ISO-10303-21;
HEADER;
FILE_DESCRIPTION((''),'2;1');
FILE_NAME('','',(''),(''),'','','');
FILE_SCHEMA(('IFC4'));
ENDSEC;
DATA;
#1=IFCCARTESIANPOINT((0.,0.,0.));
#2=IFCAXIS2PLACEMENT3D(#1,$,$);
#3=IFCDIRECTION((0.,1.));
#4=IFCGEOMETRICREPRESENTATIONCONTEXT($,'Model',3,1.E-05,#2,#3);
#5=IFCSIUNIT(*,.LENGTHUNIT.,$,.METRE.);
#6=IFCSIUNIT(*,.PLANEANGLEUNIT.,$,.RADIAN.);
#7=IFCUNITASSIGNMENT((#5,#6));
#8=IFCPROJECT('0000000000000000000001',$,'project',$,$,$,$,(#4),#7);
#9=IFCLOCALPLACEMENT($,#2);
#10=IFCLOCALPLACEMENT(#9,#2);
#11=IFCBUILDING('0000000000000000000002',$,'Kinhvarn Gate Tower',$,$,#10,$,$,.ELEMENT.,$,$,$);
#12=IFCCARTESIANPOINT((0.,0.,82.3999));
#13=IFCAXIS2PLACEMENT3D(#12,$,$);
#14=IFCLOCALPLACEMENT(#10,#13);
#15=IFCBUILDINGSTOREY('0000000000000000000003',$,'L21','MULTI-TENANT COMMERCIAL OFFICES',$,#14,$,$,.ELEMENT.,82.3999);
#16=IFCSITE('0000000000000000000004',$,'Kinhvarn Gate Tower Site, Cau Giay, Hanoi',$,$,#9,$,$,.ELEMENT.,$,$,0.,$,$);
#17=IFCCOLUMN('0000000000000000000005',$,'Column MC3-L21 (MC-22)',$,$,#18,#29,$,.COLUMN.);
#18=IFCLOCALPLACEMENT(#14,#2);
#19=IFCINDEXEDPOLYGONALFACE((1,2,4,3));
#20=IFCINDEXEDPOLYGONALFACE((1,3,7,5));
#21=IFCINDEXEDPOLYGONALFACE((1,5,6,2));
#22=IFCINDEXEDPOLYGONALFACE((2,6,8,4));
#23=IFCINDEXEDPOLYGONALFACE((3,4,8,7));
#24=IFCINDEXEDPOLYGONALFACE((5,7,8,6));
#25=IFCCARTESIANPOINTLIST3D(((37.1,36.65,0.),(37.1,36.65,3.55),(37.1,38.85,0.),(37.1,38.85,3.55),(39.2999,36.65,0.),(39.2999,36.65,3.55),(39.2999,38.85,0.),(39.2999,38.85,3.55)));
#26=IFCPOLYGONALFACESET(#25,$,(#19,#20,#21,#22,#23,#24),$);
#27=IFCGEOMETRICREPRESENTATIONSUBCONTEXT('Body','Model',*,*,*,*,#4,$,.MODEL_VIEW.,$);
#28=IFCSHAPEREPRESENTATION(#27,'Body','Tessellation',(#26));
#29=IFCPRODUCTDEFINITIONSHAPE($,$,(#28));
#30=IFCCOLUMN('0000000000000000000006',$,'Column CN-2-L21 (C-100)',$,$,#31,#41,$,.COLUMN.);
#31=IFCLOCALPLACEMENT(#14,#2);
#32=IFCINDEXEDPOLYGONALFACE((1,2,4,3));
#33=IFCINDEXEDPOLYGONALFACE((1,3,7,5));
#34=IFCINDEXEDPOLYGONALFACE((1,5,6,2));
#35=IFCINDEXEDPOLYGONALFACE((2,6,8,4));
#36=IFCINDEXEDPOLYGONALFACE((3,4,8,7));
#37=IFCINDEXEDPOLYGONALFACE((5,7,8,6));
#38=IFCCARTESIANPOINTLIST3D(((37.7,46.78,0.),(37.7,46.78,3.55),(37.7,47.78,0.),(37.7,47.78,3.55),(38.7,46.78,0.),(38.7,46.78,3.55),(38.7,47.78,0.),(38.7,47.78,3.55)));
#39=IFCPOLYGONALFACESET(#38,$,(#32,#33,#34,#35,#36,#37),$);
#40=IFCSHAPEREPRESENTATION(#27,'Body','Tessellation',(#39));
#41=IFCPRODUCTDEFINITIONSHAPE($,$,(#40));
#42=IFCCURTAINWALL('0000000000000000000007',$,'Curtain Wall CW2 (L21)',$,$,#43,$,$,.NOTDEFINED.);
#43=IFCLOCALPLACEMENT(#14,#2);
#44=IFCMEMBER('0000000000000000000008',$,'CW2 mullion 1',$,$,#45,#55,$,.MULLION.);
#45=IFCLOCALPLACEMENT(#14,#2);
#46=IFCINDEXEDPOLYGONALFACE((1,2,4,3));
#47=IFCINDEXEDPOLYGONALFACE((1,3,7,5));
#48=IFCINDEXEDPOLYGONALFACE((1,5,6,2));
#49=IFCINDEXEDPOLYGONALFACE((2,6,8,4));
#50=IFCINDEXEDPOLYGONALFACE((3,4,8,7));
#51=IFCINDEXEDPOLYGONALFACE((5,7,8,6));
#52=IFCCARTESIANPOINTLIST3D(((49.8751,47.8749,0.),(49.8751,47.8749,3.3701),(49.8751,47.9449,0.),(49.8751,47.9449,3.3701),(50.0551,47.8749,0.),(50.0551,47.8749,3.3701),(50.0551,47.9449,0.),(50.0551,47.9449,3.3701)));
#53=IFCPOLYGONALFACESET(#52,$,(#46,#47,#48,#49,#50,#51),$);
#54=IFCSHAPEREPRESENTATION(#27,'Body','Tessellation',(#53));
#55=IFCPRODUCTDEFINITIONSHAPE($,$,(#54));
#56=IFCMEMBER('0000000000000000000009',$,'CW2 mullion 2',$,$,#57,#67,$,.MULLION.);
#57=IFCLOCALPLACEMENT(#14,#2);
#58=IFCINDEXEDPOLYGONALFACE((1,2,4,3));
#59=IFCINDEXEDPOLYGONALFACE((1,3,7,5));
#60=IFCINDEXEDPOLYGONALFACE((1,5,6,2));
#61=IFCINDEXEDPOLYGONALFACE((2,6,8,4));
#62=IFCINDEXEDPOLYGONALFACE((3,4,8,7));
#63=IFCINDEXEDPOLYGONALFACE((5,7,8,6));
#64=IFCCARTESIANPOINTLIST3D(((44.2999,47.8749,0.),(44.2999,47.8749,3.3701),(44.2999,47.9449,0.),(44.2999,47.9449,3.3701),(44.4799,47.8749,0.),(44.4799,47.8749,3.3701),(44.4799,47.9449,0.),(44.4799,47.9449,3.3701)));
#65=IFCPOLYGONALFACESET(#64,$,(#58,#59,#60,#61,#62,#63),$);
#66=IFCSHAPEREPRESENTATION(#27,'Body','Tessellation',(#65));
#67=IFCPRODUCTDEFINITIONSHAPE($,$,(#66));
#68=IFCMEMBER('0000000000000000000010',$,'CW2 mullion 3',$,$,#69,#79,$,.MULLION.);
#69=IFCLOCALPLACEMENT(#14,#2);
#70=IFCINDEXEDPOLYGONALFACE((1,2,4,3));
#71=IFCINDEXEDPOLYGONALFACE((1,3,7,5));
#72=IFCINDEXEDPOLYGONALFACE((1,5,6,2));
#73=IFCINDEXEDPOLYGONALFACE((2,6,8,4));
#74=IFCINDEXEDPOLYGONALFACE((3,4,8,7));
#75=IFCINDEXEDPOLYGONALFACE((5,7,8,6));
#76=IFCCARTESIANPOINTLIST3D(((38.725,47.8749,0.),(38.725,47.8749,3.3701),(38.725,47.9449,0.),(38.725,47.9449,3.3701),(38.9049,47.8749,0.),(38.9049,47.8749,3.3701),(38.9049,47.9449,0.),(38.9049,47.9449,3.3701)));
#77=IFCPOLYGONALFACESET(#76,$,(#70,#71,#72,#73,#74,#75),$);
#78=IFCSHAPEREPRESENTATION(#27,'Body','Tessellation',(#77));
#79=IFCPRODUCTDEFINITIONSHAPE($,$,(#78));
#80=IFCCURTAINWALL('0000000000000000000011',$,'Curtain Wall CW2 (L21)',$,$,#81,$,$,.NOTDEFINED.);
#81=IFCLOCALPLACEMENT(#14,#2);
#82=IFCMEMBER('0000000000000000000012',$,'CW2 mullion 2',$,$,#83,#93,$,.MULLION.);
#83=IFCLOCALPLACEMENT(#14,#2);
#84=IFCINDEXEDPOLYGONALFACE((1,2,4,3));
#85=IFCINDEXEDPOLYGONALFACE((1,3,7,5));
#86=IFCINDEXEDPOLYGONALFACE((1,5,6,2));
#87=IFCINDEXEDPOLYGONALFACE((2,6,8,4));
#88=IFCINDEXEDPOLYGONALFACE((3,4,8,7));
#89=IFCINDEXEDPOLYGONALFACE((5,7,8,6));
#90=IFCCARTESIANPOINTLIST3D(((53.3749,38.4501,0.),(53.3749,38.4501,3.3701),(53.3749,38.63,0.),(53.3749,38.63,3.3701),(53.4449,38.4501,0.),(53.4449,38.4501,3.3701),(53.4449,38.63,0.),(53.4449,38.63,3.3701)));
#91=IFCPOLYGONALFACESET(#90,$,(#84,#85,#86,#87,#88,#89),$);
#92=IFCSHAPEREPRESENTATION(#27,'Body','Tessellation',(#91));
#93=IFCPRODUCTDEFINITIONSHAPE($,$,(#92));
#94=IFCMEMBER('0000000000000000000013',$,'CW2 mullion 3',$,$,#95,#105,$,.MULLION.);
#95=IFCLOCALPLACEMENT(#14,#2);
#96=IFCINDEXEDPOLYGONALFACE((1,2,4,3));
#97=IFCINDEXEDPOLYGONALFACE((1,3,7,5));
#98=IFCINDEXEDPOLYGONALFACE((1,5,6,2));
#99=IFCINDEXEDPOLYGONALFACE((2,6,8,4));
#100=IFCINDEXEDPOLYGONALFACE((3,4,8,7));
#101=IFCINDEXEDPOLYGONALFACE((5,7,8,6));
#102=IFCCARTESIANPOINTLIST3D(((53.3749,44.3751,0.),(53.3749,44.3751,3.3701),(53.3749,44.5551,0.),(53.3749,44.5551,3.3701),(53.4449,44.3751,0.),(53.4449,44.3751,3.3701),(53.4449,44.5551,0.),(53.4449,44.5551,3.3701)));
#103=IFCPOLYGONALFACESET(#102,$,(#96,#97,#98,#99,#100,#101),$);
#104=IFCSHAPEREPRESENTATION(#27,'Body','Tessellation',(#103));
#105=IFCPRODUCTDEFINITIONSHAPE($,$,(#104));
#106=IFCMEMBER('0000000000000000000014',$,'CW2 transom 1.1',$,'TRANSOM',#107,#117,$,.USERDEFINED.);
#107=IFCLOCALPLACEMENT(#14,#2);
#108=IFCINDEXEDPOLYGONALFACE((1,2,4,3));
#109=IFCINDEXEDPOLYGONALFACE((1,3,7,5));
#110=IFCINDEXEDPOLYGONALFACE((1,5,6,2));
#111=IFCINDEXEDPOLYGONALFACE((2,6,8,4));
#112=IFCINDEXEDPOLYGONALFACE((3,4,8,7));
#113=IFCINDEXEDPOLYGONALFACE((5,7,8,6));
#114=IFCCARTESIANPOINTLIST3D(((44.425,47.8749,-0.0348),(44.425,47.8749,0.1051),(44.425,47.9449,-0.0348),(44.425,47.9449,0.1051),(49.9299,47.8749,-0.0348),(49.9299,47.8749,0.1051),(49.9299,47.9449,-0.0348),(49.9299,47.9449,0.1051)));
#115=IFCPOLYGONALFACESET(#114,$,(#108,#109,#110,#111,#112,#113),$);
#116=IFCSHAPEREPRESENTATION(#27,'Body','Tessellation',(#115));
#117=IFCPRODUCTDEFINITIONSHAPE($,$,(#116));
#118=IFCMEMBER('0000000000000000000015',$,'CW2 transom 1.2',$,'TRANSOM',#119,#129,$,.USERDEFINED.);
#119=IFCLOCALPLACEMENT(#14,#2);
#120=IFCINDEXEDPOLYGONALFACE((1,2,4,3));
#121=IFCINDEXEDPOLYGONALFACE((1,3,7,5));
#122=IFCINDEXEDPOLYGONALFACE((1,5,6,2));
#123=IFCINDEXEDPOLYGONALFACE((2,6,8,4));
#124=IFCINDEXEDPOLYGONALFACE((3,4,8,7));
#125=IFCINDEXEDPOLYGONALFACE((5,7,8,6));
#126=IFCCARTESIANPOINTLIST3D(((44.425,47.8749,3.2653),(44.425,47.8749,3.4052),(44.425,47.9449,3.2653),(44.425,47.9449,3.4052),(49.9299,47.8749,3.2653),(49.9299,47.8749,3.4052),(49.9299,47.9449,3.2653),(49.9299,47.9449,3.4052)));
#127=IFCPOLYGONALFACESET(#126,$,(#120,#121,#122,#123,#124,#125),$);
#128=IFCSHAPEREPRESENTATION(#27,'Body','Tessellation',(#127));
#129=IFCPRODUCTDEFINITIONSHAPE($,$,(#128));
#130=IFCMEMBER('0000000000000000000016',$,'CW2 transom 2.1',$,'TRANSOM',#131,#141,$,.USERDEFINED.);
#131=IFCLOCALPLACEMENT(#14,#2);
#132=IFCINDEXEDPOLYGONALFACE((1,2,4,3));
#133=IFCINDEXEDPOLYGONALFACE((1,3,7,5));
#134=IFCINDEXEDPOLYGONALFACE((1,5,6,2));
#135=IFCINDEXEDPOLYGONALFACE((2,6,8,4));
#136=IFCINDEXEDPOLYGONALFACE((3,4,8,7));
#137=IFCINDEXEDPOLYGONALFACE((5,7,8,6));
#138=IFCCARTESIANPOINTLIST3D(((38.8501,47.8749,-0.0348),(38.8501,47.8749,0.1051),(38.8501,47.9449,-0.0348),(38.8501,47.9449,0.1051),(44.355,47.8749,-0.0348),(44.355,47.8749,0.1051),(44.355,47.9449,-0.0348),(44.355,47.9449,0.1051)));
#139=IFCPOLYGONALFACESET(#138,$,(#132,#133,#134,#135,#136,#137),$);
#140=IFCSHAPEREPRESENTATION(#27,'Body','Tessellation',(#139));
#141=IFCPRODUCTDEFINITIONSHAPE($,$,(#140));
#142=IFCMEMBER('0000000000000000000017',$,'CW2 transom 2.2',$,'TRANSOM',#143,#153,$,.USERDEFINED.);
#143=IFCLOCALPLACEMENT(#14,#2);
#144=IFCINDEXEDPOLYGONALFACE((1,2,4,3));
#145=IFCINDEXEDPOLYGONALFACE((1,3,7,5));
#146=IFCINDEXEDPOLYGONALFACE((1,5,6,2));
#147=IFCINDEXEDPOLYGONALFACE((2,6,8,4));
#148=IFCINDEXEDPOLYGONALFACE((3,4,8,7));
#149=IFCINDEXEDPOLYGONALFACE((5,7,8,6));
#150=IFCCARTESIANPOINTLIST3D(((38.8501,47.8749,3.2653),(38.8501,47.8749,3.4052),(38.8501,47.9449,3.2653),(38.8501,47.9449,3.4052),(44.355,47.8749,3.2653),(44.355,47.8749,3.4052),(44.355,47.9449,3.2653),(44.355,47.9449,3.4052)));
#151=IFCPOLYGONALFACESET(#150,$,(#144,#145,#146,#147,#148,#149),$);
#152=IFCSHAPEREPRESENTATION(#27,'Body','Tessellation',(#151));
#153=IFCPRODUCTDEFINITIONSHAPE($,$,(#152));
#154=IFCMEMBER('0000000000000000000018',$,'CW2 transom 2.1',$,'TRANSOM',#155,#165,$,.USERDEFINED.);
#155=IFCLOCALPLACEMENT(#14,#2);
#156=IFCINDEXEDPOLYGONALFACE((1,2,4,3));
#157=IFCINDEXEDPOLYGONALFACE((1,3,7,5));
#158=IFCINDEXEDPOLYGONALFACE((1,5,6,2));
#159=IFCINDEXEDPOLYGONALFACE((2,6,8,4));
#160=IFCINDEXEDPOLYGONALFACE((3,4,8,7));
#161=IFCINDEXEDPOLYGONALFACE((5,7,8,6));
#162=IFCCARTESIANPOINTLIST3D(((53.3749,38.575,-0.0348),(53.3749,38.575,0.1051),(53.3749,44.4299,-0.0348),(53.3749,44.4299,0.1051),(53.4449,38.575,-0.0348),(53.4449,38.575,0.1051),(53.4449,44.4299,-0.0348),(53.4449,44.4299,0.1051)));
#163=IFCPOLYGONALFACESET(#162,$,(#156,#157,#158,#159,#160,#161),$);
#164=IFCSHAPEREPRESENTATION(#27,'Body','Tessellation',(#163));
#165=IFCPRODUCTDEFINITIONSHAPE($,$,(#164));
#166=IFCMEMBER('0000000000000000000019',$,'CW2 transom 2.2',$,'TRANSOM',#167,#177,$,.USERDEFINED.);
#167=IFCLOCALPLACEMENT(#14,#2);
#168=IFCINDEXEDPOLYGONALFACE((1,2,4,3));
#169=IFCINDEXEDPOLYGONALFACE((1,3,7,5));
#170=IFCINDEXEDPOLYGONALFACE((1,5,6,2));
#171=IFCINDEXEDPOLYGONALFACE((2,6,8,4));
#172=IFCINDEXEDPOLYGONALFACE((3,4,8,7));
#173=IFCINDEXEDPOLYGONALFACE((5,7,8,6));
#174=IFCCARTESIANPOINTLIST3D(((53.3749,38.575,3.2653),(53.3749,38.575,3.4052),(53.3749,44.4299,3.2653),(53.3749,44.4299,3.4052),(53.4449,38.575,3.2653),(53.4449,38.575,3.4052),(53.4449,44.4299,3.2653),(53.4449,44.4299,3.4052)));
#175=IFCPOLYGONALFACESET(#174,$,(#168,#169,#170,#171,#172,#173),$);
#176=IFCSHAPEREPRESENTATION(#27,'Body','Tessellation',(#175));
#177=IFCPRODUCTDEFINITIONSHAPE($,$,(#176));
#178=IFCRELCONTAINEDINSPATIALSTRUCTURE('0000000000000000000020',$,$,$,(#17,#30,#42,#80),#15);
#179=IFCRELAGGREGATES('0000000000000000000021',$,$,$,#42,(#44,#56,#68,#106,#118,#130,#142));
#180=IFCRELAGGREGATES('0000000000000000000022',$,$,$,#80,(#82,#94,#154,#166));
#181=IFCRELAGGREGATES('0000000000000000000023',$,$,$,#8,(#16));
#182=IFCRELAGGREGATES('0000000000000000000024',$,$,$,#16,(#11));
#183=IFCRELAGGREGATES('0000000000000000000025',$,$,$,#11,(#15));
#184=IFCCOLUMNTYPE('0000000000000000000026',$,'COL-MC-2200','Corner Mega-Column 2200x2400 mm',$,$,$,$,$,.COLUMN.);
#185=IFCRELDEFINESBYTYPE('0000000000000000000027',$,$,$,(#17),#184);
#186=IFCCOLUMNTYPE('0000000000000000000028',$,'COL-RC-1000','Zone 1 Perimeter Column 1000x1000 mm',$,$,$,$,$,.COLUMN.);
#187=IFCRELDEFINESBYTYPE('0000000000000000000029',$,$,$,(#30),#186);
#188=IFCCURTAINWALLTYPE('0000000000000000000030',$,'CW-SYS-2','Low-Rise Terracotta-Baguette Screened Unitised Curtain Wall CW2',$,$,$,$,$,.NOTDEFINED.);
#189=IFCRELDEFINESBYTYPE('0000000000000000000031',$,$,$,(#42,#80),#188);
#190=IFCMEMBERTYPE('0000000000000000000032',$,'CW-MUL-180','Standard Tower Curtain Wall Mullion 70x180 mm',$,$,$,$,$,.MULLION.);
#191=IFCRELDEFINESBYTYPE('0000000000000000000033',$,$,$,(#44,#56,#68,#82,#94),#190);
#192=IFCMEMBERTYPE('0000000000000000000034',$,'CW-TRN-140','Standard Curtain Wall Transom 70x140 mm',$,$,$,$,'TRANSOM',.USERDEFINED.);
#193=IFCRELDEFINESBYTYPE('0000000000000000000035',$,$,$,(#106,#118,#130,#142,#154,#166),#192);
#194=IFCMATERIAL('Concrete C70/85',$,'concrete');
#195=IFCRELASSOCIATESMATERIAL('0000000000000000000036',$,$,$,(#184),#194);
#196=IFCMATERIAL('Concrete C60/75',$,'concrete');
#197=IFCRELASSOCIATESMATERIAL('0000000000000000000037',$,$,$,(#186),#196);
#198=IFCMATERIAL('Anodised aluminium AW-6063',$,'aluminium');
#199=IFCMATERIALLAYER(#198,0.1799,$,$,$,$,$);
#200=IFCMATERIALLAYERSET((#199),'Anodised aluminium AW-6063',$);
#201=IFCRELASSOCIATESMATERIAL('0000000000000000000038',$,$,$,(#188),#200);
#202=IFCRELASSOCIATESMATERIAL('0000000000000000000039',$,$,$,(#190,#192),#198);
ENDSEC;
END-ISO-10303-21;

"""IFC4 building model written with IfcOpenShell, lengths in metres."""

from ifc_helpers import new_model, si_unit, direction, frame, origin, origin_2d, place, context, subcontext, project, spatial, rectangle, extrude, material, layer, layer_set, material_profile, profile_set, type_object, element, aggregate, save


model = new_model("IFC4")

# Units and contexts
model_context = context("Model", 3, precision=1e-05, world=origin(), true_north=direction((0.0, 1.0)))
body_context = subcontext(model_context, "Body", "Model", "MODEL_VIEW")
ifc_project = project(units=[si_unit("LENGTHUNIT", "METRE"), si_unit("PLANEANGLEUNIT", "RADIAN")], contexts=[model_context])

# Site, building, storey
site_placement = place(None, origin())
site = spatial("IfcSite", under=ifc_project, at=site_placement, Name="Kinhvarn Gate Tower Site, Cau Giay, Hanoi", CompositionType="ELEMENT", RefElevation=0.0)
building_placement = place(site_placement, origin())
building = spatial("IfcBuilding", under=site, at=building_placement, Name="Kinhvarn Gate Tower", CompositionType="ELEMENT")
storey_placement = place(building_placement, frame((0.0, 0.0, 82.3999)))
storey = spatial("IfcBuildingStorey", under=building, at=storey_placement, Name="L21", Description="MULTI-TENANT COMMERCIAL OFFICES", CompositionType="ELEMENT", Elevation=82.3999)

# Columns
ifc_material_1 = material(Name="Concrete C70/85", Category="concrete")
ifc_material_profile_1 = material_profile(ifc_material_1, rectangle(XDim=2.2, YDim=2.2, at=origin_2d()), Name="RC 2200x2200")
ifc_profile_set_1 = profile_set([ifc_material_profile_1], Name="Concrete C70/85")
column_type_1 = type_object("IfcColumnType", Name="COL-MC-2200", Description="Corner Mega-Column 2200x2400 mm", PredefinedType="COLUMN", material=ifc_profile_set_1)
column_1_placement = place(storey_placement, frame((38.2, 37.75, 0.0), z_axis=(0.0, 0.0, 1.0), x_axis=(1.0, 0.0, 0.0)))
element("IfcColumn", 1, at=column_1_placement, inside=storey, type_object=column_type_1, Name="Column MC3-L21 (MC-22)", PredefinedType="COLUMN", context=body_context, shape_type="SweptSolid", body=[
    extrude(rectangle(XDim=2.2, YDim=2.2, at=origin_2d()), origin(), (0.0, 0.0, 1.0), 3.55),
])
ifc_material_2 = material(Name="Concrete C60/75", Category="concrete")
ifc_material_profile_2 = material_profile(ifc_material_2, rectangle(XDim=1.0, YDim=1.0, at=origin_2d()), Name="RC 1000x1000")
ifc_profile_set_2 = profile_set([ifc_material_profile_2], Name="Concrete C60/75")
column_type_2 = type_object("IfcColumnType", Name="COL-RC-1000", Description="Zone 1 Perimeter Column 1000x1000 mm", PredefinedType="COLUMN", material=ifc_profile_set_2)
column_2_placement = place(storey_placement, frame((38.2, 47.28, 0.0), z_axis=(0.0, 0.0, 1.0), x_axis=(1.0, 0.0, 0.0)))
element("IfcColumn", 2, at=column_2_placement, inside=storey, type_object=column_type_2, Name="Column CN-2-L21 (C-100)", PredefinedType="COLUMN", context=body_context, shape_type="SweptSolid", body=[
    extrude(rectangle(XDim=1.0, YDim=1.0, at=origin_2d()), origin(), (0.0, 0.0, 1.0), 3.55),
])

# Curtain walls, members
ifc_material_3 = material(Name="Anodised aluminium AW-6063", Category="aluminium")
ifc_layer_1 = layer(ifc_material_3, 0.1799)
ifc_layer_set_1 = layer_set([ifc_layer_1], Name="Anodised aluminium AW-6063")
curtain_wall_type = type_object("IfcCurtainWallType", Name="CW-SYS-2", Description="Low-Rise Terracotta-Baguette Screened Unitised Curtain Wall CW2", PredefinedType="NOTDEFINED", material=ifc_layer_set_1)
curtain_wall_1_placement = place(storey_placement, origin())
curtain_wall_1 = element("IfcCurtainWall", 3, at=curtain_wall_1_placement, inside=storey, type_object=curtain_wall_type, Name="Curtain Wall CW2 (L21)", PredefinedType="NOTDEFINED")
ifc_material_profile_3 = material_profile(ifc_material_3, rectangle(XDim=0.0701, YDim=0.1799, at=origin_2d()), Name="ALU 70x180")
ifc_profile_set_3 = profile_set([ifc_material_profile_3], Name="Anodised aluminium AW-6063")
member_type_1 = type_object("IfcMemberType", Name="CW-MUL-180", Description="Standard Tower Curtain Wall Mullion 70x180 mm", PredefinedType="MULLION", material=ifc_profile_set_3)
member_1_placement = place(storey_placement, frame((49.9651, 47.9099, 0.0), z_axis=(0.0, 0.0, 1.0), x_axis=(0.0, -1.0, 0.0)))
member_1 = element("IfcMember", 4, at=member_1_placement, type_object=member_type_1, Name="CW2 mullion 1", PredefinedType="MULLION", context=body_context, shape_type="SweptSolid", body=[
    extrude(rectangle(XDim=0.0701, YDim=0.1799, at=origin_2d()), origin(), (0.0, 0.0, 1.0), 3.3701),
])
member_2_placement = place(storey_placement, frame((44.3899, 47.9099, 0.0), z_axis=(0.0, 0.0, 1.0), x_axis=(0.0, -1.0, 0.0)))
member_2 = element("IfcMember", 5, at=member_2_placement, type_object=member_type_1, Name="CW2 mullion 2", PredefinedType="MULLION", context=body_context, shape_type="SweptSolid", body=[
    extrude(rectangle(XDim=0.0701, YDim=0.1799, at=origin_2d()), origin(), (0.0, 0.0, 1.0), 3.3701),
])
member_3_placement = place(storey_placement, frame((38.8149, 47.9099, 0.0), z_axis=(0.0, 0.0, 1.0), x_axis=(0.0, -1.0, 0.0)))
member_3 = element("IfcMember", 6, at=member_3_placement, type_object=member_type_1, Name="CW2 mullion 3", PredefinedType="MULLION", context=body_context, shape_type="SweptSolid", body=[
    extrude(rectangle(XDim=0.0701, YDim=0.1799, at=origin_2d()), origin(), (0.0, 0.0, 1.0), 3.3701),
])
curtain_wall_2_placement = place(storey_placement, origin())
curtain_wall_2 = element("IfcCurtainWall", 7, at=curtain_wall_2_placement, inside=storey, type_object=curtain_wall_type, Name="Curtain Wall CW2 (L21)", PredefinedType="NOTDEFINED")
member_4_placement = place(storey_placement, frame((53.4099, 38.54, 0.0), z_axis=(0.0, 0.0, 1.0), x_axis=(-1.0, 0.0, 0.0)))
member_4 = element("IfcMember", 8, at=member_4_placement, type_object=member_type_1, Name="CW2 mullion 2", PredefinedType="MULLION", context=body_context, shape_type="SweptSolid", body=[
    extrude(rectangle(XDim=0.0701, YDim=0.1799, at=origin_2d()), origin(), (0.0, 0.0, 1.0), 3.3701),
])
member_5_placement = place(storey_placement, frame((53.4099, 44.4651, 0.0), z_axis=(0.0, 0.0, 1.0), x_axis=(-1.0, 0.0, 0.0)))
member_5 = element("IfcMember", 9, at=member_5_placement, type_object=member_type_1, Name="CW2 mullion 3", PredefinedType="MULLION", context=body_context, shape_type="SweptSolid", body=[
    extrude(rectangle(XDim=0.0701, YDim=0.1799, at=origin_2d()), origin(), (0.0, 0.0, 1.0), 3.3701),
])

# Members
ifc_material_profile_4 = material_profile(ifc_material_3, rectangle(XDim=0.0701, YDim=0.1399, at=origin_2d()), Name="ALU 70x140")
ifc_profile_set_4 = profile_set([ifc_material_profile_4], Name="Anodised aluminium AW-6063")
member_type_2 = type_object("IfcMemberType", Name="CW-TRN-140", Description="Standard Curtain Wall Transom 70x140 mm", ElementType="TRANSOM", PredefinedType="USERDEFINED", material=ifc_profile_set_4)
member_6_placement = place(storey_placement, frame((49.9299, 47.9099, 0.0352), z_axis=(-1.0, 0.0, 0.0), x_axis=(0.0, -1.0, 0.0)))
member_6 = element("IfcMember", 10, at=member_6_placement, type_object=member_type_2, Name="CW2 transom 1.1", ObjectType="TRANSOM", PredefinedType="USERDEFINED", context=body_context, shape_type="SweptSolid", body=[
    extrude(rectangle(XDim=0.0701, YDim=0.1399, at=origin_2d()), origin(), (0.0, 0.0, 1.0), 5.5049),
])
member_7_placement = place(storey_placement, frame((49.9299, 47.9099, 3.3352), z_axis=(-1.0, 0.0, 0.0), x_axis=(0.0, -1.0, 0.0)))
member_7 = element("IfcMember", 11, at=member_7_placement, type_object=member_type_2, Name="CW2 transom 1.2", ObjectType="TRANSOM", PredefinedType="USERDEFINED", context=body_context, shape_type="SweptSolid", body=[
    extrude(rectangle(XDim=0.0701, YDim=0.1399, at=origin_2d()), origin(), (0.0, 0.0, 1.0), 5.5049),
])
member_8_placement = place(storey_placement, frame((44.355, 47.9099, 0.0352), z_axis=(-1.0, 0.0, 0.0), x_axis=(0.0, -1.0, 0.0)))
member_8 = element("IfcMember", 12, at=member_8_placement, type_object=member_type_2, Name="CW2 transom 2.1", ObjectType="TRANSOM", PredefinedType="USERDEFINED", context=body_context, shape_type="SweptSolid", body=[
    extrude(rectangle(XDim=0.0701, YDim=0.1399, at=origin_2d()), origin(), (0.0, 0.0, 1.0), 5.5049),
])
member_9_placement = place(storey_placement, frame((44.355, 47.9099, 3.3352), z_axis=(-1.0, 0.0, 0.0), x_axis=(0.0, -1.0, 0.0)))
member_9 = element("IfcMember", 13, at=member_9_placement, type_object=member_type_2, Name="CW2 transom 2.2", ObjectType="TRANSOM", PredefinedType="USERDEFINED", context=body_context, shape_type="SweptSolid", body=[
    extrude(rectangle(XDim=0.0701, YDim=0.1399, at=origin_2d()), origin(), (0.0, 0.0, 1.0), 5.5049),
])
member_10_placement = place(storey_placement, frame((53.4099, 38.575, 0.0352), z_axis=(0.0, 1.0, 0.0), x_axis=(-1.0, 0.0, 0.0)))
member_10 = element("IfcMember", 14, at=member_10_placement, type_object=member_type_2, Name="CW2 transom 2.1", ObjectType="TRANSOM", PredefinedType="USERDEFINED", context=body_context, shape_type="SweptSolid", body=[
    extrude(rectangle(XDim=0.0701, YDim=0.1399, at=origin_2d()), origin(), (0.0, 0.0, 1.0), 5.855),
])
member_11_placement = place(storey_placement, frame((53.4099, 38.575, 3.3352), z_axis=(0.0, 1.0, 0.0), x_axis=(-1.0, 0.0, 0.0)))
member_11 = element("IfcMember", 15, at=member_11_placement, type_object=member_type_2, Name="CW2 transom 2.2", ObjectType="TRANSOM", PredefinedType="USERDEFINED", context=body_context, shape_type="SweptSolid", body=[
    extrude(rectangle(XDim=0.0701, YDim=0.1399, at=origin_2d()), origin(), (0.0, 0.0, 1.0), 5.855),
])

aggregate(curtain_wall_1, [member_1, member_2, member_3, member_6, member_7, member_8, member_9])
aggregate(curtain_wall_2, [member_4, member_5, member_10, member_11])

save(model, "model.ifc")
